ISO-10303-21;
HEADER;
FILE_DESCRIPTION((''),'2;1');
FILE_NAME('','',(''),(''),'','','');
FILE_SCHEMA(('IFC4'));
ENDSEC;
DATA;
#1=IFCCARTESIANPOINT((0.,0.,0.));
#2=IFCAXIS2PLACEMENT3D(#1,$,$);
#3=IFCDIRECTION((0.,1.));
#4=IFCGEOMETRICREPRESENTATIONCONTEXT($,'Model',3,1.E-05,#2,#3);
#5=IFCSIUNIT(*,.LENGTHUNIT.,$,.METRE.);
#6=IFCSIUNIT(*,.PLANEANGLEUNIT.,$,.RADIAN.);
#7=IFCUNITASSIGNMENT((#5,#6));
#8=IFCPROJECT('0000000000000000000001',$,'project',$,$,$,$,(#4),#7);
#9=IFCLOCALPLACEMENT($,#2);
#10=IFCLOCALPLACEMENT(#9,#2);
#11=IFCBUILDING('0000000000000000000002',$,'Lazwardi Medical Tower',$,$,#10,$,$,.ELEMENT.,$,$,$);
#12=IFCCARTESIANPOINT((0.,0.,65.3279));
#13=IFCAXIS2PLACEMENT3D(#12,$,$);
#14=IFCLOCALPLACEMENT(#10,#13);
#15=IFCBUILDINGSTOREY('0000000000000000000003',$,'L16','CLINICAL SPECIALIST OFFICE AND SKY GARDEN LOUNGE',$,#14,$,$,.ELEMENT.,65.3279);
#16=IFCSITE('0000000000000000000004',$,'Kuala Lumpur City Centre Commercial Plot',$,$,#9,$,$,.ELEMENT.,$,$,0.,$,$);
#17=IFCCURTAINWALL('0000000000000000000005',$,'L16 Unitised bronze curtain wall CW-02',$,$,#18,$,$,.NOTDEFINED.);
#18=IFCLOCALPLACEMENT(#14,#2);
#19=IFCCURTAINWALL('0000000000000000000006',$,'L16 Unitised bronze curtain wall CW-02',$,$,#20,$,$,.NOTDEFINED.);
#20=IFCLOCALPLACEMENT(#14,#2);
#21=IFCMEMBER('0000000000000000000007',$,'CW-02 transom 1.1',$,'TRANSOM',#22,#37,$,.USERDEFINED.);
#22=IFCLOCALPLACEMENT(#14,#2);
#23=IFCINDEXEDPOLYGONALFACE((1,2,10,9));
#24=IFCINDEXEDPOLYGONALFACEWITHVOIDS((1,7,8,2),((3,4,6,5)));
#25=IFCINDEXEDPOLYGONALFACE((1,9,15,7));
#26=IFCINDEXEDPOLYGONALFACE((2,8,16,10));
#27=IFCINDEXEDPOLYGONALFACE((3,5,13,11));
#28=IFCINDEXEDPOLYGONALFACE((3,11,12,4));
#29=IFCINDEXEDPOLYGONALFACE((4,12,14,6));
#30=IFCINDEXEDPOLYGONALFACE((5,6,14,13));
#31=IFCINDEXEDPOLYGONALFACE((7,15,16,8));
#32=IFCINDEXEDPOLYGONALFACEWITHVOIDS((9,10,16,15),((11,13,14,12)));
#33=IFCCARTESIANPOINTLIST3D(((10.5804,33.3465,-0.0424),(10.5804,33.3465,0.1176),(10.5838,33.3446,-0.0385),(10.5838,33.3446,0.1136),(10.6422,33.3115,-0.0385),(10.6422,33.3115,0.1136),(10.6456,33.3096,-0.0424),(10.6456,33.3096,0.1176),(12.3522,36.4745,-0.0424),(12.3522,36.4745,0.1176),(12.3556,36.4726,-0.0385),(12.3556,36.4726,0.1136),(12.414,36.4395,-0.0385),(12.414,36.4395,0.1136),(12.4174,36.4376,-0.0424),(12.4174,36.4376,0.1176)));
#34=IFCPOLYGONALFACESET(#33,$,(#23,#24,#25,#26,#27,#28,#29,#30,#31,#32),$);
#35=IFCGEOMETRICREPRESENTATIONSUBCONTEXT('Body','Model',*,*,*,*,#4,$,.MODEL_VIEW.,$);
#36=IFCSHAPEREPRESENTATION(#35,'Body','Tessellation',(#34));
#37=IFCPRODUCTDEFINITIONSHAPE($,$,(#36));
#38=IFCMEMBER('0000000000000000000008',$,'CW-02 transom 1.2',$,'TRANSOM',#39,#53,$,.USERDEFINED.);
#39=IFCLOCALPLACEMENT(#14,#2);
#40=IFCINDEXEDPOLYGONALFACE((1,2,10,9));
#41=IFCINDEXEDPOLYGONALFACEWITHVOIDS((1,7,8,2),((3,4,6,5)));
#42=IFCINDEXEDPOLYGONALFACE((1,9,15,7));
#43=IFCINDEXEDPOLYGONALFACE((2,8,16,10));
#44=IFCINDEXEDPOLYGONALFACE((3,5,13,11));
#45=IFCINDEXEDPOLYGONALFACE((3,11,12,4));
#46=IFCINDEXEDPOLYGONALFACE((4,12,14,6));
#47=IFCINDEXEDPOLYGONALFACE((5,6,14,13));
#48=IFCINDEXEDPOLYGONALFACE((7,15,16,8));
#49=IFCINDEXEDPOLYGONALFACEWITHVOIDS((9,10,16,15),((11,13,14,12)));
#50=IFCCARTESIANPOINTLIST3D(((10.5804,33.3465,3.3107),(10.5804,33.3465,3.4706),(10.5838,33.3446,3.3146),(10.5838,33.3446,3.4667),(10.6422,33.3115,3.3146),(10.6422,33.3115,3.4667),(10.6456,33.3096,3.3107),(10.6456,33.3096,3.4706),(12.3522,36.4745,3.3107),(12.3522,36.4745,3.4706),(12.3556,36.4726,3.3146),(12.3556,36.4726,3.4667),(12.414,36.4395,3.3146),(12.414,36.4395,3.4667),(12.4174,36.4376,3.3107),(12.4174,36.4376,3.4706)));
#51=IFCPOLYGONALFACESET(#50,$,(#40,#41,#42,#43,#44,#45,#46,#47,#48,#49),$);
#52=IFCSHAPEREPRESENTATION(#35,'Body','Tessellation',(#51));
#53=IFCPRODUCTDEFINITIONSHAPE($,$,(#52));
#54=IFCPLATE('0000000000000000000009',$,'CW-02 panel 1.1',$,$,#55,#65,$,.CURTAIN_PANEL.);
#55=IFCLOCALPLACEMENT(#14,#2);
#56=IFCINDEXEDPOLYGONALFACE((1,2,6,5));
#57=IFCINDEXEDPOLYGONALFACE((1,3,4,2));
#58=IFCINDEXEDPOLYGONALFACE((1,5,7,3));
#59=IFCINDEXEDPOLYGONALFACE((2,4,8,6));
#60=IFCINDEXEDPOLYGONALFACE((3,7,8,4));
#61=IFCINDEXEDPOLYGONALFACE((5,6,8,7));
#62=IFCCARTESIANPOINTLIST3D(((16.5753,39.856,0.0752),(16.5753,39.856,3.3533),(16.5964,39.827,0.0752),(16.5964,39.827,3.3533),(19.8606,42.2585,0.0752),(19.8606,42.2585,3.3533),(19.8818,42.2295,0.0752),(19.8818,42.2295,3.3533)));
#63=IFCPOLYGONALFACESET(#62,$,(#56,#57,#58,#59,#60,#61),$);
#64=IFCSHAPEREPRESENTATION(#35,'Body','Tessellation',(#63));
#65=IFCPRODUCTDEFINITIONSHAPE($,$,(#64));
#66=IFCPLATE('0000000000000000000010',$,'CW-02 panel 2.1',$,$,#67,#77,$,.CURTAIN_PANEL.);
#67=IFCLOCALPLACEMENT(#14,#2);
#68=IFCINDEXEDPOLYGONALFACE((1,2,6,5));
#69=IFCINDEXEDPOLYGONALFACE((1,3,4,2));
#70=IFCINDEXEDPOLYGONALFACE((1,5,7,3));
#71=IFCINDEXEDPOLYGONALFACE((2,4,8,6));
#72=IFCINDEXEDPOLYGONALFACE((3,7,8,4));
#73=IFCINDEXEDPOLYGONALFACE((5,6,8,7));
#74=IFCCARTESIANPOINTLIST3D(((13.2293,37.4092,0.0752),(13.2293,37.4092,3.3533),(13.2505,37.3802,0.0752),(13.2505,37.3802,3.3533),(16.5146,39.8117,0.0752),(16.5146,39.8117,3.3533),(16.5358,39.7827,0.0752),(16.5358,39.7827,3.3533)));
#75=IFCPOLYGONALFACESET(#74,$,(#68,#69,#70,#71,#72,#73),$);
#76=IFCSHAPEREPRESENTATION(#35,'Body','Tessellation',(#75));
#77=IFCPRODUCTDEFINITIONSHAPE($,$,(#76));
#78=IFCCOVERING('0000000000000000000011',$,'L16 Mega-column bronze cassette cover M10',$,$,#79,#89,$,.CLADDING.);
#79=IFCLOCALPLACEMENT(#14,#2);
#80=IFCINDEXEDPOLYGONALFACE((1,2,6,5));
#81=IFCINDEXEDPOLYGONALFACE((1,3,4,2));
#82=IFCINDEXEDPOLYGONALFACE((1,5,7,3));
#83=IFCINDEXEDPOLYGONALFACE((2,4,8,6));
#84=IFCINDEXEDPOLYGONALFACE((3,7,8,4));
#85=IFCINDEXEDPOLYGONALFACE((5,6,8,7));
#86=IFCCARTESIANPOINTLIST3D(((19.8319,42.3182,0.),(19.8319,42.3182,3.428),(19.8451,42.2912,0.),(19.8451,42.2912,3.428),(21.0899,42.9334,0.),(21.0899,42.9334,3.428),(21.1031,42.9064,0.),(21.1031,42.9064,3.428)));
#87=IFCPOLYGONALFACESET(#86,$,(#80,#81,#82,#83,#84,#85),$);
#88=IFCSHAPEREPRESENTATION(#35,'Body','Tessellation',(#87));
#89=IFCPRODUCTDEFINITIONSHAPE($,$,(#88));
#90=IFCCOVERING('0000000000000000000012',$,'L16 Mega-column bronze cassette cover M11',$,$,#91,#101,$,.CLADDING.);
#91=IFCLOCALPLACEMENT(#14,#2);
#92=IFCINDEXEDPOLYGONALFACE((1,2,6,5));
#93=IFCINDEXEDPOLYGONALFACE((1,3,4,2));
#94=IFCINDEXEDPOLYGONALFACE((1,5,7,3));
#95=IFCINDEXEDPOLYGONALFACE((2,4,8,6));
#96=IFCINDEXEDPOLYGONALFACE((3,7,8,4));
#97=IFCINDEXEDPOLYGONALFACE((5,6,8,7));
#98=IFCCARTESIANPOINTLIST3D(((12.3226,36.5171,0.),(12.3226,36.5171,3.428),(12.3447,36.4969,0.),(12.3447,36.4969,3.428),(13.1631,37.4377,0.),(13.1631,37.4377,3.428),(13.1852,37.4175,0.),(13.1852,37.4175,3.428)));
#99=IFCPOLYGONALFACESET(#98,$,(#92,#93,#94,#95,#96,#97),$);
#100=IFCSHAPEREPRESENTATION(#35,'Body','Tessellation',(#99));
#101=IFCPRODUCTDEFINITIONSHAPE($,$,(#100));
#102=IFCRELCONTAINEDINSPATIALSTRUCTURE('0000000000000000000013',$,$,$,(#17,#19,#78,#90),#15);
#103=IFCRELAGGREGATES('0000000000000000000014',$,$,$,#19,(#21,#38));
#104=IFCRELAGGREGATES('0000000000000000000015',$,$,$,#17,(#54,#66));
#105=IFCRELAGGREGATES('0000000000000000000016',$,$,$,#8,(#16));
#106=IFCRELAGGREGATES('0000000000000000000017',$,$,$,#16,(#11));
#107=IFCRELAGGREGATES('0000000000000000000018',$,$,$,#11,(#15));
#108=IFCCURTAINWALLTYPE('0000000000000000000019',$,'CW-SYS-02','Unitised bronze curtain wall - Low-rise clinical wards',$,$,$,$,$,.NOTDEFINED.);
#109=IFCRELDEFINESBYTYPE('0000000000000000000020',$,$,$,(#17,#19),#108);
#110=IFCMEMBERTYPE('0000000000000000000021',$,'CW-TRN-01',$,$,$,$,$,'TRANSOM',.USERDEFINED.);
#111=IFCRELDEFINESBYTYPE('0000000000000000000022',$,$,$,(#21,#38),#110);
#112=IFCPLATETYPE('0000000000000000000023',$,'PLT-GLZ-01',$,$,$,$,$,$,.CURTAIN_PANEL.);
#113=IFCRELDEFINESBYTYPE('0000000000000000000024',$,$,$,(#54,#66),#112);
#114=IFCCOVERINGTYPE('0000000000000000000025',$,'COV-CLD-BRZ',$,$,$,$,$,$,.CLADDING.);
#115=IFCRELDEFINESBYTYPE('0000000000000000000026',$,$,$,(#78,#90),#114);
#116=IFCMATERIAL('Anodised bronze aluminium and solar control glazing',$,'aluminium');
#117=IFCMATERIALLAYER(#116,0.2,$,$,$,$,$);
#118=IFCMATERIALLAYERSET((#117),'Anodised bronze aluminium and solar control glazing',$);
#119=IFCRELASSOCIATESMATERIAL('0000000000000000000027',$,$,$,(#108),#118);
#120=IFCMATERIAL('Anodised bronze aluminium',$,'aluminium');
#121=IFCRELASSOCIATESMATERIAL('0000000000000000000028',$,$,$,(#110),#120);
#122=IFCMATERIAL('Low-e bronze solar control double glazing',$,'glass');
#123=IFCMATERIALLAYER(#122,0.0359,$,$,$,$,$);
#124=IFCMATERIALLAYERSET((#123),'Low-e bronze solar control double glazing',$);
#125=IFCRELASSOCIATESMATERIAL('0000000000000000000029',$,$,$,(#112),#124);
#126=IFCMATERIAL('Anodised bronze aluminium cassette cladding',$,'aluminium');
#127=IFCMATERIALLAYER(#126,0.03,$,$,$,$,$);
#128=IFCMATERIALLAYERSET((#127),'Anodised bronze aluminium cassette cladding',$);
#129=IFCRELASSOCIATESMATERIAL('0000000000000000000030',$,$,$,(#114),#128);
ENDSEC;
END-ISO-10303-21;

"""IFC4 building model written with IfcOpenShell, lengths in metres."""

from ifc_helpers import new_model, si_unit, direction, frame, origin, origin_2d, place, context, subcontext, project, spatial, rectangle, hollow_rectangle, extrude, material, layer, layer_set, material_profile, profile_set, type_object, element, aggregate, save


model = new_model("IFC4")

# Units and contexts
model_context = context("Model", 3, precision=1e-05, world=origin(), true_north=direction((0.0, 1.0)))
body_context = subcontext(model_context, "Body", "Model", "MODEL_VIEW")
ifc_project = project(units=[si_unit("LENGTHUNIT", "METRE"), si_unit("PLANEANGLEUNIT", "RADIAN")], contexts=[model_context])

# Site, building, storey
site_placement = place(None, origin())
site = spatial("IfcSite", under=ifc_project, at=site_placement, Name="Kuala Lumpur City Centre Commercial Plot", CompositionType="ELEMENT", RefElevation=0.0)
building_placement = place(site_placement, origin())
building = spatial("IfcBuilding", under=site, at=building_placement, Name="Lazwardi Medical Tower", CompositionType="ELEMENT")
storey_placement = place(building_placement, frame((0.0, 0.0, 65.3279)))
storey = spatial("IfcBuildingStorey", under=building, at=storey_placement, Name="L16", Description="CLINICAL SPECIALIST OFFICE AND SKY GARDEN LOUNGE", CompositionType="ELEMENT", Elevation=65.3279)

# Shared definitions
ifc_material_1 = material(Name="Anodised bronze aluminium and solar control glazing", Category="aluminium")
ifc_layer_1 = layer(ifc_material_1, 0.2)
ifc_layer_set_1 = layer_set([ifc_layer_1], Name="Anodised bronze aluminium and solar control glazing")
curtain_wall_type = type_object("IfcCurtainWallType", Name="CW-SYS-02", Description="Unitised bronze curtain wall - Low-rise clinical wards", PredefinedType="NOTDEFINED", material=ifc_layer_set_1)
ifc_material_2 = material(Name="Anodised bronze aluminium", Category="aluminium")

# Curtain wall
curtain_wall_1_placement = place(storey_placement, origin())
curtain_wall_1 = element("IfcCurtainWall", 1, at=curtain_wall_1_placement, inside=storey, type_object=curtain_wall_type, Name="L16 Unitised bronze curtain wall CW-02", PredefinedType="NOTDEFINED")

# Curtain wall
curtain_wall_2_placement = place(storey_placement, origin())
curtain_wall_2 = element("IfcCurtainWall", 2, at=curtain_wall_2_placement, inside=storey, type_object=curtain_wall_type, Name="L16 Unitised bronze curtain wall CW-02", PredefinedType="NOTDEFINED")

# Members
ifc_material_profile_1 = material_profile(ifc_material_2, hollow_rectangle(XDim=0.075, YDim=0.1599, WallThickness=0.0039, at=origin_2d()), Name="ALU-TRANSOM 160x75x4")
ifc_profile_set_1 = profile_set([ifc_material_profile_1], Name="Anodised bronze aluminium")
member_type_1 = type_object("IfcMemberType", Name="CW-TRN-01", ElementType="TRANSOM", PredefinedType="USERDEFINED", material=ifc_profile_set_1)
member_1_placement = place(storey_placement, frame((12.3848, 36.4561, 0.0376), z_axis=(-0.492851, -0.870113, 0.0), x_axis=(0.870113, -0.492851, 0.0)))
member_1 = element("IfcMember", 3, at=member_1_placement, type_object=member_type_1, Name="CW-02 transom 1.1", ObjectType="TRANSOM", PredefinedType="USERDEFINED", context=body_context, shape_type="SweptSolid", body=[
    extrude(hollow_rectangle(XDim=0.075, YDim=0.1599, WallThickness=0.0039, at=origin_2d()), origin(), (0.0, 0.0, 1.0), 3.595),
])
member_2_placement = place(storey_placement, frame((12.3848, 36.4561, 3.3906), z_axis=(-0.492851, -0.870113, 0.0), x_axis=(0.870113, -0.492851, 0.0)))
member_2 = element("IfcMember", 4, at=member_2_placement, type_object=member_type_1, Name="CW-02 transom 1.2", ObjectType="TRANSOM", PredefinedType="USERDEFINED", context=body_context, shape_type="SweptSolid", body=[
    extrude(hollow_rectangle(XDim=0.075, YDim=0.1599, WallThickness=0.0039, at=origin_2d()), origin(), (0.0, 0.0, 1.0), 3.595),
])
aggregate(curtain_wall_2, [member_1, member_2])

# Plates
ifc_material_3 = material(Name="Low-e bronze solar control double glazing", Category="glass")
ifc_layer_2 = layer(ifc_material_3, 0.0359)
ifc_layer_set_2 = layer_set([ifc_layer_2], Name="Low-e bronze solar control double glazing")
plate_type = type_object("IfcPlateType", Name="PLT-GLZ-01", PredefinedType="CURTAIN_PANEL", material=ifc_layer_set_2)
plate_1_placement = place(storey_placement, frame((18.2285, 41.0427, 0.0752), z_axis=(0.0, 0.0, 1.0), x_axis=(-0.807192, -0.590289, 0.0)))
plate_1 = element("IfcPlate", 5, at=plate_1_placement, type_object=plate_type, Name="CW-02 panel 1.1", PredefinedType="CURTAIN_PANEL", context=body_context, shape_type="SweptSolid", body=[
    extrude(rectangle(XDim=4.0701, YDim=0.0359, at=origin_2d()), origin(), (0.0, 0.0, 1.0), 3.2781),
])
plate_2_placement = place(storey_placement, frame((14.8826, 38.5959, 0.0752), z_axis=(0.0, 0.0, 1.0), x_axis=(-0.807192, -0.590289, 0.0)))
plate_2 = element("IfcPlate", 6, at=plate_2_placement, type_object=plate_type, Name="CW-02 panel 2.1", PredefinedType="CURTAIN_PANEL", context=body_context, shape_type="SweptSolid", body=[
    extrude(rectangle(XDim=4.0701, YDim=0.0359, at=origin_2d()), origin(), (0.0, 0.0, 1.0), 3.2781),
])
aggregate(curtain_wall_1, [plate_1, plate_2])

# Coverings
ifc_material_4 = material(Name="Anodised bronze aluminium cassette cladding", Category="aluminium")
ifc_layer_3 = layer(ifc_material_4, 0.03)
ifc_layer_set_3 = layer_set([ifc_layer_3], Name="Anodised bronze aluminium cassette cladding")
covering_type = type_object("IfcCoveringType", Name="COV-CLD-BRZ", PredefinedType="CLADDING", material=ifc_layer_set_3)
covering_1_placement = place(storey_placement, frame((20.4675, 42.6123, 0.0), z_axis=(0.0, 0.0, 1.0), x_axis=(-0.898334, -0.439312, 0.0)))
element("IfcCovering", 7, at=covering_1_placement, inside=storey, type_object=covering_type, Name="L16 Mega-column bronze cassette cover M10", PredefinedType="CLADDING", context=body_context, shape_type="SweptSolid", body=[
    extrude(rectangle(XDim=1.4004, YDim=0.03, at=origin_2d()), origin(), (0.0, 0.0, 1.0), 3.428),
])
covering_2_placement = place(storey_placement, frame((12.7539, 36.9673, 0.0), z_axis=(0.0, 0.0, 1.0), x_axis=(-0.674252, -0.738501, 0.0)))
element("IfcCovering", 8, at=covering_2_placement, inside=storey, type_object=covering_type, Name="L16 Mega-column bronze cassette cover M11", PredefinedType="CLADDING", context=body_context, shape_type="SweptSolid", body=[
    extrude(rectangle(XDim=1.2466, YDim=0.03, at=origin_2d()), origin(), (0.0, 0.0, 1.0), 3.428),
])

save(model, "model.ifc")
